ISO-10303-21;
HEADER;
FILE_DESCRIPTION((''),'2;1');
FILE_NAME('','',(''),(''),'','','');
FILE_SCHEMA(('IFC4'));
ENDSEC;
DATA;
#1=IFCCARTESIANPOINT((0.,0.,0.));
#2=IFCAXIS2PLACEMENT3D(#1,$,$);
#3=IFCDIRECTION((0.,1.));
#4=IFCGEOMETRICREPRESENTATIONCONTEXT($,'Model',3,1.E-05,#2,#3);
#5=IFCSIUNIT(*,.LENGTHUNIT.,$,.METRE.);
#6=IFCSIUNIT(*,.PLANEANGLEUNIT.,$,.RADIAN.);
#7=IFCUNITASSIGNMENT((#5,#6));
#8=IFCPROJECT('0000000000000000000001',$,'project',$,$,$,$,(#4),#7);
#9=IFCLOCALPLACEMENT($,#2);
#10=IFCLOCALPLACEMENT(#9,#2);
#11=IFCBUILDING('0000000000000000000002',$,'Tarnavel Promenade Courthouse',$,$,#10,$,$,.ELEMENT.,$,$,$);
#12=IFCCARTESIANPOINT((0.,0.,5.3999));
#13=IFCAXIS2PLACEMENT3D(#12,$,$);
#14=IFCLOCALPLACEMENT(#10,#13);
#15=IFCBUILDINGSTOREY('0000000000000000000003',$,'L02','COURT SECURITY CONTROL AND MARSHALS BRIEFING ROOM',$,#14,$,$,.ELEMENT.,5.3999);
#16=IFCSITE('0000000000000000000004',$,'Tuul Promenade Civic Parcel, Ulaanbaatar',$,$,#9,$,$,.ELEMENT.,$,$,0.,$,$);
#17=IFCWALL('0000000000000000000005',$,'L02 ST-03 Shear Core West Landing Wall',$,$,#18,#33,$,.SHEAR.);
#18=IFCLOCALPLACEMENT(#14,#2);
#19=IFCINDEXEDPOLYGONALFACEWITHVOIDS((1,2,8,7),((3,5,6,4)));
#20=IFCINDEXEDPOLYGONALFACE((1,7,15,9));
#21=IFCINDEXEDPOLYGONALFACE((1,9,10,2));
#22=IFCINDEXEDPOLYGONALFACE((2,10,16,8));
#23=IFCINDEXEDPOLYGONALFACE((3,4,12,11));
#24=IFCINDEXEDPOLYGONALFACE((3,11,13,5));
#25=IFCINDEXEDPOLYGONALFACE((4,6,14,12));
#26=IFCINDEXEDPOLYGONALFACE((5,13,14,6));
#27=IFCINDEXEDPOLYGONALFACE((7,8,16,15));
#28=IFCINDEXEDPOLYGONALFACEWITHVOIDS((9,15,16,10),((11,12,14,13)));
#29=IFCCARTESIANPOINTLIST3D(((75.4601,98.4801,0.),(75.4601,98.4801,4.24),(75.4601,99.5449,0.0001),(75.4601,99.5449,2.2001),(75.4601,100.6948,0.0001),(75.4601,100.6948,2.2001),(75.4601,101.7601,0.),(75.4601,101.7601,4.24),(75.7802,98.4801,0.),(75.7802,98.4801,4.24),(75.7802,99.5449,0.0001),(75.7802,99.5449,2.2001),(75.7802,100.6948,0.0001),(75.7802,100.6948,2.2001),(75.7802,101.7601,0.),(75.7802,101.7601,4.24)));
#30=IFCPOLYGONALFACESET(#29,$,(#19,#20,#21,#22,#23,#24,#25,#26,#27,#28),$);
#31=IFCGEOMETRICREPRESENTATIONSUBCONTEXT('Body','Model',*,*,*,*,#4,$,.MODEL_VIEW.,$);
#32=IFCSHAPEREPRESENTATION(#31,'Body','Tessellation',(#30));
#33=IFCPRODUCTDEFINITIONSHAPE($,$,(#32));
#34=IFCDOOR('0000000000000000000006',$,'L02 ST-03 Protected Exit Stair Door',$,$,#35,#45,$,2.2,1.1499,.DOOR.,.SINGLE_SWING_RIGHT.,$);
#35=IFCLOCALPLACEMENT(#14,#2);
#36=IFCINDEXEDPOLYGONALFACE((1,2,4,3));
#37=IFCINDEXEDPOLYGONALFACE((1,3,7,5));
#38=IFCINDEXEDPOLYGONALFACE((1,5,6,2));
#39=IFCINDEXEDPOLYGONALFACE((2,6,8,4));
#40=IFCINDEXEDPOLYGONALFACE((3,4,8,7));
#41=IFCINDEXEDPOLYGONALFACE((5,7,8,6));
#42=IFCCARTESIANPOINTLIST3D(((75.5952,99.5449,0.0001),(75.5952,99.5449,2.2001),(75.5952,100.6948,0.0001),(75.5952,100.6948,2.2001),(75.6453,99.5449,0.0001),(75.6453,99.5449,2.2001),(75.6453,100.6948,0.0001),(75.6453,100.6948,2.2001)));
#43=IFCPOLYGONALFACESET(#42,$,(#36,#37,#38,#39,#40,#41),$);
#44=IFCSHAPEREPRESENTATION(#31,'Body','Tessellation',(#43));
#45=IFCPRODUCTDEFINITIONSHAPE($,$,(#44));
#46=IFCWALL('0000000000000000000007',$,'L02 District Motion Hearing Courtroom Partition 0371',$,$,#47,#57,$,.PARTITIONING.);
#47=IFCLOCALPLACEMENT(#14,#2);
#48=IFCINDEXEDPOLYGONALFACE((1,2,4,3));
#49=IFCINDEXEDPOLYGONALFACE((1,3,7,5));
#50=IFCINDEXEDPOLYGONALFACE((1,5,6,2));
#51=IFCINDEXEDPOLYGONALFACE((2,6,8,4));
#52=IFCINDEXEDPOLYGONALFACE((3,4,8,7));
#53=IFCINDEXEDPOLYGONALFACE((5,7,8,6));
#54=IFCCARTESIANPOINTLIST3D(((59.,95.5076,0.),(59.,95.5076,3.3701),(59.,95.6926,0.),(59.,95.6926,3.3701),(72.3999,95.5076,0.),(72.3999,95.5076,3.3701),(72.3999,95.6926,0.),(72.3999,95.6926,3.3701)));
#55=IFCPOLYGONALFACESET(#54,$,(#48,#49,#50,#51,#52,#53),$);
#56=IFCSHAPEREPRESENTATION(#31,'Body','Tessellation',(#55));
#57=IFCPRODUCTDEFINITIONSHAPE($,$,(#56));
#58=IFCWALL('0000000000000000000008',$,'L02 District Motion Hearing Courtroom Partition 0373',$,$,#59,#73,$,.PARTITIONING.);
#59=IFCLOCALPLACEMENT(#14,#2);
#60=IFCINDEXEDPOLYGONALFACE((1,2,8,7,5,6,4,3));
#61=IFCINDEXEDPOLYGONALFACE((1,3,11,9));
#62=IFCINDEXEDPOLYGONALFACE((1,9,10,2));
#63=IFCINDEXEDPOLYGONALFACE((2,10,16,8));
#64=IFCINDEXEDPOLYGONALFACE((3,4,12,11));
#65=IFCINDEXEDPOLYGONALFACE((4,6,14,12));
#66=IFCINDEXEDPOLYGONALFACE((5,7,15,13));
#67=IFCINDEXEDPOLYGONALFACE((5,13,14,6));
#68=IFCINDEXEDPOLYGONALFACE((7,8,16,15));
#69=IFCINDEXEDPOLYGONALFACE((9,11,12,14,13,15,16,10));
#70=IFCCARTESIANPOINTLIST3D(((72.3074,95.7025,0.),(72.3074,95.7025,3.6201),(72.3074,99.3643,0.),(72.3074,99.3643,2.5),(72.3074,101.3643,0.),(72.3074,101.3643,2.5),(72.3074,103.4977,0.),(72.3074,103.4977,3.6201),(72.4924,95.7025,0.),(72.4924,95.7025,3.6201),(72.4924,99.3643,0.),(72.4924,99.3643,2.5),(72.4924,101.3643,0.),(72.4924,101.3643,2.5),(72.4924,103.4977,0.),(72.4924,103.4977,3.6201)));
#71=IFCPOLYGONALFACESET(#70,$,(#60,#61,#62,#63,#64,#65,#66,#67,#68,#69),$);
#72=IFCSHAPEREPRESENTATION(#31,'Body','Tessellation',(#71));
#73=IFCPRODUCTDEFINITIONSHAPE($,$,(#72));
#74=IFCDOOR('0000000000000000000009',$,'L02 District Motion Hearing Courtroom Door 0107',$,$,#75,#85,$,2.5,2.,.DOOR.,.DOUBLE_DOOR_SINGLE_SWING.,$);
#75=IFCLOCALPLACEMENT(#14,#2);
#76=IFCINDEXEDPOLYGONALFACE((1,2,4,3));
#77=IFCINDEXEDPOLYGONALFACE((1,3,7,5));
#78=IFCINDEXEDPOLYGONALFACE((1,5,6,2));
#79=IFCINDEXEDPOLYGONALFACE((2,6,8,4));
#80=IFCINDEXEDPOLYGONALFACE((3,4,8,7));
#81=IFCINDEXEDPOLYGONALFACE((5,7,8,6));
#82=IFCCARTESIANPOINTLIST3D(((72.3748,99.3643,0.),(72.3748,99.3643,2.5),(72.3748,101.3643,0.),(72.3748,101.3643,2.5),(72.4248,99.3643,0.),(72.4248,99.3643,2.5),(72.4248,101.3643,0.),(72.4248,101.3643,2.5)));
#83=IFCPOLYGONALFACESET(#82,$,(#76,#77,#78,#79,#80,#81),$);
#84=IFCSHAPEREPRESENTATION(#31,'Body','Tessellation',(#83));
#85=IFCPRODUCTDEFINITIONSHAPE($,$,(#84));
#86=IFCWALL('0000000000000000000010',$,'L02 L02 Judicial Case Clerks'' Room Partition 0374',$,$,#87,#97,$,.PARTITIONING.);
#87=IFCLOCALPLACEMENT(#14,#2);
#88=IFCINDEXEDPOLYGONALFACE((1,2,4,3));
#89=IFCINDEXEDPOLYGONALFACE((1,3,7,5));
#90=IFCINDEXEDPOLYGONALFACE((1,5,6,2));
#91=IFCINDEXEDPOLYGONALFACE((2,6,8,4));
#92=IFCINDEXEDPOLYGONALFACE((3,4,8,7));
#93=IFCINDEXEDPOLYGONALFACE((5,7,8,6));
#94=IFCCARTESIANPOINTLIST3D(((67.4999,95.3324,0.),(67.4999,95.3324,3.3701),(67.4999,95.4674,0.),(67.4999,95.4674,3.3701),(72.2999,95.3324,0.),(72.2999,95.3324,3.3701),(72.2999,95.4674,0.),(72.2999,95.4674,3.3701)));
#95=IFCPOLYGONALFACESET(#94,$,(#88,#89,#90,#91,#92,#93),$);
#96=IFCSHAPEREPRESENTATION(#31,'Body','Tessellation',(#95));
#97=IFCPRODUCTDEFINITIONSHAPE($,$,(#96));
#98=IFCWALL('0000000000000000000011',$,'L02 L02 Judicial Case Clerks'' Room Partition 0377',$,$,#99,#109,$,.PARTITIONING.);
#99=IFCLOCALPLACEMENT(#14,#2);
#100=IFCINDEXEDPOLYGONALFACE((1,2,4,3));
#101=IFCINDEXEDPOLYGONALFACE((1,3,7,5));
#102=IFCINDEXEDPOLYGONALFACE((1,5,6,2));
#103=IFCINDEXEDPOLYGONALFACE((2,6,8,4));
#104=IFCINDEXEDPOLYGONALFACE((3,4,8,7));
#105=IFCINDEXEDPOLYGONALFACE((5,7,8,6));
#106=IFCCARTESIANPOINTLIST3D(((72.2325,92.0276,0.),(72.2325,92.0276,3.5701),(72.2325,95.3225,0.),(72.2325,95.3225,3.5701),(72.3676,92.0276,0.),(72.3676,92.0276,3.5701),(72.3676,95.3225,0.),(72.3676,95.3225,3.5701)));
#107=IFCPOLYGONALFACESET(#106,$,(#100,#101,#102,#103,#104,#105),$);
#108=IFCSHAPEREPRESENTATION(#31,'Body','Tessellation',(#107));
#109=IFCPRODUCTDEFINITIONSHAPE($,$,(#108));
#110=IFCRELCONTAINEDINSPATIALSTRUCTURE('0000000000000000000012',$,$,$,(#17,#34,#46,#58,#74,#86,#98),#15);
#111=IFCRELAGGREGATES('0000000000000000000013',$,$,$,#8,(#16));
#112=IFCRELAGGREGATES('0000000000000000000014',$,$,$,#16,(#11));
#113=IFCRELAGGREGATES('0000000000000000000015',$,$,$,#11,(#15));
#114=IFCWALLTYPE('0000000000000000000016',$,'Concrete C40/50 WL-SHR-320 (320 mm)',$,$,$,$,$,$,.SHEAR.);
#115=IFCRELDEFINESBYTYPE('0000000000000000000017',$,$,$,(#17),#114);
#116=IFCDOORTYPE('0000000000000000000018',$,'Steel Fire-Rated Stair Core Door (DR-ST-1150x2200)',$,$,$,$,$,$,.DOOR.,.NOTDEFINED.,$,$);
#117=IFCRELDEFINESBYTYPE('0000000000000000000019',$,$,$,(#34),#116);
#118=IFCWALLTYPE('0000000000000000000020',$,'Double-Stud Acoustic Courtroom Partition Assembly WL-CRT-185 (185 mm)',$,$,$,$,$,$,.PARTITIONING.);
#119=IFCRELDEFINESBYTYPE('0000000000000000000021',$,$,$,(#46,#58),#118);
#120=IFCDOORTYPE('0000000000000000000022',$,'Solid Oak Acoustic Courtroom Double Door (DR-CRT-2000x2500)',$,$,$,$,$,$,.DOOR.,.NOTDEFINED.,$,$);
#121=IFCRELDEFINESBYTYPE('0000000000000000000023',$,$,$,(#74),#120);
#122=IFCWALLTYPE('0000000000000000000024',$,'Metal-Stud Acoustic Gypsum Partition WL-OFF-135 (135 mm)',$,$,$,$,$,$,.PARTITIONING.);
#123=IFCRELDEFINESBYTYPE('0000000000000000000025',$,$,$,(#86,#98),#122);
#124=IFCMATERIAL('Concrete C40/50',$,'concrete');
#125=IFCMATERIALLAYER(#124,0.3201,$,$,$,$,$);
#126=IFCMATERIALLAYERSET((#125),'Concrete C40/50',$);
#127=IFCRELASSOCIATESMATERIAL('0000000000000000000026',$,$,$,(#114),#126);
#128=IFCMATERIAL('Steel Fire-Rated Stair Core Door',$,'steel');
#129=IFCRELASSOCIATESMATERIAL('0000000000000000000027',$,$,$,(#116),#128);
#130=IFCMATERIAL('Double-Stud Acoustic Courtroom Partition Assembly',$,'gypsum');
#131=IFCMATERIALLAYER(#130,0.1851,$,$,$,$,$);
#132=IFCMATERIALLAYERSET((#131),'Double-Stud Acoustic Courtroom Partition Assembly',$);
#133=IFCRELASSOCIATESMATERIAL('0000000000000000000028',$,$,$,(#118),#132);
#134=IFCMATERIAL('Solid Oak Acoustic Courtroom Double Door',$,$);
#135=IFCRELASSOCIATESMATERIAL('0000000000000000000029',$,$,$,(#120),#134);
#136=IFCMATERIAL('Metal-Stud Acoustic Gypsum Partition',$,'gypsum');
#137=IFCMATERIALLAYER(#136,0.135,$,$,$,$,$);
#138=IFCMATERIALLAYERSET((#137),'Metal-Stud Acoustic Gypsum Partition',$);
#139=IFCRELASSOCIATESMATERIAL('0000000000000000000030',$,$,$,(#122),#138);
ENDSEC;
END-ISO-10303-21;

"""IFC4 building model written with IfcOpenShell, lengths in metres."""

from ifc_helpers import new_model, si_unit, direction, frame, frame_2d, origin, place, context, subcontext, project, spatial, rectangle, extrude, material, layer, layer_set, type_object, element, fill, save


model = new_model("IFC4")

# Units and contexts
model_context = context("Model", 3, precision=1e-05, world=origin(), true_north=direction((0.0, 1.0)))
body_context = subcontext(model_context, "Body", "Model", "MODEL_VIEW")
ifc_project = project(units=[si_unit("LENGTHUNIT", "METRE"), si_unit("PLANEANGLEUNIT", "RADIAN")], contexts=[model_context])

# Site, building, storey
site_placement = place(None, origin())
site = spatial("IfcSite", under=ifc_project, at=site_placement, Name="Tuul Promenade Civic Parcel, Ulaanbaatar", CompositionType="ELEMENT", RefElevation=0.0)
building_placement = place(site_placement, origin())
building = spatial("IfcBuilding", under=site, at=building_placement, Name="Tarnavel Promenade Courthouse", CompositionType="ELEMENT")
storey_placement = place(building_placement, frame((0.0, 0.0, 5.3999)))
storey = spatial("IfcBuildingStorey", under=building, at=storey_placement, Name="L02", Description="COURT SECURITY CONTROL AND MARSHALS BRIEFING ROOM", CompositionType="ELEMENT", Elevation=5.3999)

# Shared definitions
ifc_material_1 = material(Name="Concrete C40/50", Category="concrete")

# Shared definitions
ifc_layer_1 = layer(ifc_material_1, 0.3201)
ifc_layer_set_1 = layer_set([ifc_layer_1], Name="Concrete C40/50")
wall_type_1 = type_object("IfcWallType", Name="Concrete C40/50 WL-SHR-320 (320 mm)", PredefinedType="SHEAR", material=ifc_layer_set_1)

# Wall, opening, door
wall_1_placement = place(storey_placement, frame((75.6201, 98.48, 0.0), z_axis=(0.0, 0.0, 1.0), x_axis=(0.0, 1.0, 0.0)))
wall_1 = element("IfcWall", 1, at=wall_1_placement, inside=storey, type_object=wall_type_1, Name="L02 ST-03 Shear Core West Landing Wall", PredefinedType="SHEAR", context=body_context, shape_type="SweptSolid", body=[
    extrude(rectangle(XDim=3.28, YDim=0.3201, at=frame_2d((1.6401, 0.0))), origin(), (0.0, 0.0, 1.0), 4.24),
])
opening_1_placement = place(wall_1_placement, frame((1.0649, 0.0, 0.0)))
opening_1 = element("IfcOpeningElement", 2, at=opening_1_placement, cuts=wall_1, PredefinedType="OPENING", context=body_context, shape_type="SweptSolid", body=[
    extrude(rectangle(XDim=1.1499, YDim=2.2, at=frame_2d((0.575, 1.1001))), frame((0.0, 0.1699, 0.0), z_axis=(0.0, -1.0, 0.0), x_axis=(1.0, 0.0, 0.0)), (0.0, 0.0, 1.0), 0.3401),
])
ifc_material_2 = material(Name="Steel Fire-Rated Stair Core Door", Category="steel")
door_type_1 = type_object("IfcDoorType", Name="Steel Fire-Rated Stair Core Door (DR-ST-1150x2200)", OperationType="NOTDEFINED", PredefinedType="DOOR", material=ifc_material_2)
door_1_placement = place(opening_1_placement, origin())
door_1 = element("IfcDoor", 3, at=door_1_placement, inside=storey, type_object=door_type_1, Name="L02 ST-03 Protected Exit Stair Door", OperationType="SINGLE_SWING_RIGHT", OverallHeight=2.2, OverallWidth=1.1499, PredefinedType="DOOR", context=body_context, shape_type="SweptSolid", body=[
    extrude(rectangle(XDim=1.1499, YDim=2.2, at=frame_2d((0.575, 1.1001))), frame((0.0, 0.0249, 0.0), z_axis=(0.0, -1.0, 0.0), x_axis=(1.0, 0.0, 0.0)), (0.0, 0.0, 1.0), 0.05),
])
fill(opening_1, door_1)

# Wall
ifc_material_3 = material(Name="Double-Stud Acoustic Courtroom Partition Assembly", Category="gypsum")
ifc_layer_2 = layer(ifc_material_3, 0.1851)
ifc_layer_set_2 = layer_set([ifc_layer_2], Name="Double-Stud Acoustic Courtroom Partition Assembly")
wall_type_2 = type_object("IfcWallType", Name="Double-Stud Acoustic Courtroom Partition Assembly WL-CRT-185 (185 mm)", PredefinedType="PARTITIONING", material=ifc_layer_set_2)
wall_2_placement = place(storey_placement, frame((72.3999, 95.6001, 0.0), z_axis=(0.0, 0.0, 1.0), x_axis=(-1.0, 0.0, 0.0)))
element("IfcWall", 4, at=wall_2_placement, inside=storey, type_object=wall_type_2, Name="L02 District Motion Hearing Courtroom Partition 0371", PredefinedType="PARTITIONING", context=body_context, shape_type="SweptSolid", body=[
    extrude(rectangle(XDim=13.3999, YDim=0.1851, at=frame_2d((6.7, 0.0))), origin(), (0.0, 0.0, 1.0), 3.3701),
])

# Wall, opening, door
wall_3_placement = place(storey_placement, frame((72.3999, 103.4976, 0.0), z_axis=(0.0, 0.0, 1.0), x_axis=(0.0, -1.0, 0.0)))
wall_3 = element("IfcWall", 5, at=wall_3_placement, inside=storey, type_object=wall_type_2, Name="L02 District Motion Hearing Courtroom Partition 0373", PredefinedType="PARTITIONING", context=body_context, shape_type="SweptSolid", body=[
    extrude(rectangle(XDim=7.7952, YDim=0.1851, at=frame_2d((3.8975, 0.0))), origin(), (0.0, 0.0, 1.0), 3.6201),
])
opening_2_placement = place(wall_3_placement, frame((2.1333, 0.0, 0.0)))
opening_2 = element("IfcOpeningElement", 6, at=opening_2_placement, cuts=wall_3, PredefinedType="OPENING", context=body_context, shape_type="SweptSolid", body=[
    extrude(rectangle(XDim=2.0, YDim=2.5, at=frame_2d((1.0, 1.25))), frame((0.0, 0.1025, 0.0), z_axis=(0.0, -1.0, 0.0), x_axis=(1.0, 0.0, 0.0)), (0.0, 0.0, 1.0), 0.2051),
])
ifc_material_4 = material(Name="Solid Oak Acoustic Courtroom Double Door")
door_type_2 = type_object("IfcDoorType", Name="Solid Oak Acoustic Courtroom Double Door (DR-CRT-2000x2500)", OperationType="NOTDEFINED", PredefinedType="DOOR", material=ifc_material_4)
door_2_placement = place(opening_2_placement, origin())
door_2 = element("IfcDoor", 7, at=door_2_placement, inside=storey, type_object=door_type_2, Name="L02 District Motion Hearing Courtroom Door 0107", OperationType="DOUBLE_DOOR_SINGLE_SWING", OverallHeight=2.5, OverallWidth=2.0, PredefinedType="DOOR", context=body_context, shape_type="SweptSolid", body=[
    extrude(rectangle(XDim=2.0, YDim=2.5, at=frame_2d((1.0, 1.25))), frame((0.0, 0.0249, 0.0), z_axis=(0.0, -1.0, 0.0), x_axis=(1.0, 0.0, 0.0)), (0.0, 0.0, 1.0), 0.05),
])
fill(opening_2, door_2)

# Walls
ifc_material_5 = material(Name="Metal-Stud Acoustic Gypsum Partition", Category="gypsum")
ifc_layer_3 = layer(ifc_material_5, 0.135)
ifc_layer_set_3 = layer_set([ifc_layer_3], Name="Metal-Stud Acoustic Gypsum Partition")
wall_type_3 = type_object("IfcWallType", Name="Metal-Stud Acoustic Gypsum Partition WL-OFF-135 (135 mm)", PredefinedType="PARTITIONING", material=ifc_layer_set_3)
wall_4_placement = place(storey_placement, frame((67.5, 95.3999, 0.0), z_axis=(0.0, 0.0, 1.0), x_axis=(1.0, 0.0, 0.0)))
element("IfcWall", 8, at=wall_4_placement, inside=storey, type_object=wall_type_3, Name="L02 L02 Judicial Case Clerks' Room Partition 0374", PredefinedType="PARTITIONING", context=body_context, shape_type="SweptSolid", body=[
    extrude(rectangle(XDim=4.8, YDim=0.135, at=frame_2d((2.3999, 0.0))), origin(), (0.0, 0.0, 1.0), 3.3701),
])
wall_5_placement = place(storey_placement, frame((72.3, 95.3225, 0.0), z_axis=(0.0, 0.0, 1.0), x_axis=(0.0, -1.0, 0.0)))
element("IfcWall", 9, at=wall_5_placement, inside=storey, type_object=wall_type_3, Name="L02 L02 Judicial Case Clerks' Room Partition 0377", PredefinedType="PARTITIONING", context=body_context, shape_type="SweptSolid", body=[
    extrude(rectangle(XDim=3.2949, YDim=0.135, at=frame_2d((1.6475, 0.0))), origin(), (0.0, 0.0, 1.0), 3.5701),
])

save(model, "model.ifc")
